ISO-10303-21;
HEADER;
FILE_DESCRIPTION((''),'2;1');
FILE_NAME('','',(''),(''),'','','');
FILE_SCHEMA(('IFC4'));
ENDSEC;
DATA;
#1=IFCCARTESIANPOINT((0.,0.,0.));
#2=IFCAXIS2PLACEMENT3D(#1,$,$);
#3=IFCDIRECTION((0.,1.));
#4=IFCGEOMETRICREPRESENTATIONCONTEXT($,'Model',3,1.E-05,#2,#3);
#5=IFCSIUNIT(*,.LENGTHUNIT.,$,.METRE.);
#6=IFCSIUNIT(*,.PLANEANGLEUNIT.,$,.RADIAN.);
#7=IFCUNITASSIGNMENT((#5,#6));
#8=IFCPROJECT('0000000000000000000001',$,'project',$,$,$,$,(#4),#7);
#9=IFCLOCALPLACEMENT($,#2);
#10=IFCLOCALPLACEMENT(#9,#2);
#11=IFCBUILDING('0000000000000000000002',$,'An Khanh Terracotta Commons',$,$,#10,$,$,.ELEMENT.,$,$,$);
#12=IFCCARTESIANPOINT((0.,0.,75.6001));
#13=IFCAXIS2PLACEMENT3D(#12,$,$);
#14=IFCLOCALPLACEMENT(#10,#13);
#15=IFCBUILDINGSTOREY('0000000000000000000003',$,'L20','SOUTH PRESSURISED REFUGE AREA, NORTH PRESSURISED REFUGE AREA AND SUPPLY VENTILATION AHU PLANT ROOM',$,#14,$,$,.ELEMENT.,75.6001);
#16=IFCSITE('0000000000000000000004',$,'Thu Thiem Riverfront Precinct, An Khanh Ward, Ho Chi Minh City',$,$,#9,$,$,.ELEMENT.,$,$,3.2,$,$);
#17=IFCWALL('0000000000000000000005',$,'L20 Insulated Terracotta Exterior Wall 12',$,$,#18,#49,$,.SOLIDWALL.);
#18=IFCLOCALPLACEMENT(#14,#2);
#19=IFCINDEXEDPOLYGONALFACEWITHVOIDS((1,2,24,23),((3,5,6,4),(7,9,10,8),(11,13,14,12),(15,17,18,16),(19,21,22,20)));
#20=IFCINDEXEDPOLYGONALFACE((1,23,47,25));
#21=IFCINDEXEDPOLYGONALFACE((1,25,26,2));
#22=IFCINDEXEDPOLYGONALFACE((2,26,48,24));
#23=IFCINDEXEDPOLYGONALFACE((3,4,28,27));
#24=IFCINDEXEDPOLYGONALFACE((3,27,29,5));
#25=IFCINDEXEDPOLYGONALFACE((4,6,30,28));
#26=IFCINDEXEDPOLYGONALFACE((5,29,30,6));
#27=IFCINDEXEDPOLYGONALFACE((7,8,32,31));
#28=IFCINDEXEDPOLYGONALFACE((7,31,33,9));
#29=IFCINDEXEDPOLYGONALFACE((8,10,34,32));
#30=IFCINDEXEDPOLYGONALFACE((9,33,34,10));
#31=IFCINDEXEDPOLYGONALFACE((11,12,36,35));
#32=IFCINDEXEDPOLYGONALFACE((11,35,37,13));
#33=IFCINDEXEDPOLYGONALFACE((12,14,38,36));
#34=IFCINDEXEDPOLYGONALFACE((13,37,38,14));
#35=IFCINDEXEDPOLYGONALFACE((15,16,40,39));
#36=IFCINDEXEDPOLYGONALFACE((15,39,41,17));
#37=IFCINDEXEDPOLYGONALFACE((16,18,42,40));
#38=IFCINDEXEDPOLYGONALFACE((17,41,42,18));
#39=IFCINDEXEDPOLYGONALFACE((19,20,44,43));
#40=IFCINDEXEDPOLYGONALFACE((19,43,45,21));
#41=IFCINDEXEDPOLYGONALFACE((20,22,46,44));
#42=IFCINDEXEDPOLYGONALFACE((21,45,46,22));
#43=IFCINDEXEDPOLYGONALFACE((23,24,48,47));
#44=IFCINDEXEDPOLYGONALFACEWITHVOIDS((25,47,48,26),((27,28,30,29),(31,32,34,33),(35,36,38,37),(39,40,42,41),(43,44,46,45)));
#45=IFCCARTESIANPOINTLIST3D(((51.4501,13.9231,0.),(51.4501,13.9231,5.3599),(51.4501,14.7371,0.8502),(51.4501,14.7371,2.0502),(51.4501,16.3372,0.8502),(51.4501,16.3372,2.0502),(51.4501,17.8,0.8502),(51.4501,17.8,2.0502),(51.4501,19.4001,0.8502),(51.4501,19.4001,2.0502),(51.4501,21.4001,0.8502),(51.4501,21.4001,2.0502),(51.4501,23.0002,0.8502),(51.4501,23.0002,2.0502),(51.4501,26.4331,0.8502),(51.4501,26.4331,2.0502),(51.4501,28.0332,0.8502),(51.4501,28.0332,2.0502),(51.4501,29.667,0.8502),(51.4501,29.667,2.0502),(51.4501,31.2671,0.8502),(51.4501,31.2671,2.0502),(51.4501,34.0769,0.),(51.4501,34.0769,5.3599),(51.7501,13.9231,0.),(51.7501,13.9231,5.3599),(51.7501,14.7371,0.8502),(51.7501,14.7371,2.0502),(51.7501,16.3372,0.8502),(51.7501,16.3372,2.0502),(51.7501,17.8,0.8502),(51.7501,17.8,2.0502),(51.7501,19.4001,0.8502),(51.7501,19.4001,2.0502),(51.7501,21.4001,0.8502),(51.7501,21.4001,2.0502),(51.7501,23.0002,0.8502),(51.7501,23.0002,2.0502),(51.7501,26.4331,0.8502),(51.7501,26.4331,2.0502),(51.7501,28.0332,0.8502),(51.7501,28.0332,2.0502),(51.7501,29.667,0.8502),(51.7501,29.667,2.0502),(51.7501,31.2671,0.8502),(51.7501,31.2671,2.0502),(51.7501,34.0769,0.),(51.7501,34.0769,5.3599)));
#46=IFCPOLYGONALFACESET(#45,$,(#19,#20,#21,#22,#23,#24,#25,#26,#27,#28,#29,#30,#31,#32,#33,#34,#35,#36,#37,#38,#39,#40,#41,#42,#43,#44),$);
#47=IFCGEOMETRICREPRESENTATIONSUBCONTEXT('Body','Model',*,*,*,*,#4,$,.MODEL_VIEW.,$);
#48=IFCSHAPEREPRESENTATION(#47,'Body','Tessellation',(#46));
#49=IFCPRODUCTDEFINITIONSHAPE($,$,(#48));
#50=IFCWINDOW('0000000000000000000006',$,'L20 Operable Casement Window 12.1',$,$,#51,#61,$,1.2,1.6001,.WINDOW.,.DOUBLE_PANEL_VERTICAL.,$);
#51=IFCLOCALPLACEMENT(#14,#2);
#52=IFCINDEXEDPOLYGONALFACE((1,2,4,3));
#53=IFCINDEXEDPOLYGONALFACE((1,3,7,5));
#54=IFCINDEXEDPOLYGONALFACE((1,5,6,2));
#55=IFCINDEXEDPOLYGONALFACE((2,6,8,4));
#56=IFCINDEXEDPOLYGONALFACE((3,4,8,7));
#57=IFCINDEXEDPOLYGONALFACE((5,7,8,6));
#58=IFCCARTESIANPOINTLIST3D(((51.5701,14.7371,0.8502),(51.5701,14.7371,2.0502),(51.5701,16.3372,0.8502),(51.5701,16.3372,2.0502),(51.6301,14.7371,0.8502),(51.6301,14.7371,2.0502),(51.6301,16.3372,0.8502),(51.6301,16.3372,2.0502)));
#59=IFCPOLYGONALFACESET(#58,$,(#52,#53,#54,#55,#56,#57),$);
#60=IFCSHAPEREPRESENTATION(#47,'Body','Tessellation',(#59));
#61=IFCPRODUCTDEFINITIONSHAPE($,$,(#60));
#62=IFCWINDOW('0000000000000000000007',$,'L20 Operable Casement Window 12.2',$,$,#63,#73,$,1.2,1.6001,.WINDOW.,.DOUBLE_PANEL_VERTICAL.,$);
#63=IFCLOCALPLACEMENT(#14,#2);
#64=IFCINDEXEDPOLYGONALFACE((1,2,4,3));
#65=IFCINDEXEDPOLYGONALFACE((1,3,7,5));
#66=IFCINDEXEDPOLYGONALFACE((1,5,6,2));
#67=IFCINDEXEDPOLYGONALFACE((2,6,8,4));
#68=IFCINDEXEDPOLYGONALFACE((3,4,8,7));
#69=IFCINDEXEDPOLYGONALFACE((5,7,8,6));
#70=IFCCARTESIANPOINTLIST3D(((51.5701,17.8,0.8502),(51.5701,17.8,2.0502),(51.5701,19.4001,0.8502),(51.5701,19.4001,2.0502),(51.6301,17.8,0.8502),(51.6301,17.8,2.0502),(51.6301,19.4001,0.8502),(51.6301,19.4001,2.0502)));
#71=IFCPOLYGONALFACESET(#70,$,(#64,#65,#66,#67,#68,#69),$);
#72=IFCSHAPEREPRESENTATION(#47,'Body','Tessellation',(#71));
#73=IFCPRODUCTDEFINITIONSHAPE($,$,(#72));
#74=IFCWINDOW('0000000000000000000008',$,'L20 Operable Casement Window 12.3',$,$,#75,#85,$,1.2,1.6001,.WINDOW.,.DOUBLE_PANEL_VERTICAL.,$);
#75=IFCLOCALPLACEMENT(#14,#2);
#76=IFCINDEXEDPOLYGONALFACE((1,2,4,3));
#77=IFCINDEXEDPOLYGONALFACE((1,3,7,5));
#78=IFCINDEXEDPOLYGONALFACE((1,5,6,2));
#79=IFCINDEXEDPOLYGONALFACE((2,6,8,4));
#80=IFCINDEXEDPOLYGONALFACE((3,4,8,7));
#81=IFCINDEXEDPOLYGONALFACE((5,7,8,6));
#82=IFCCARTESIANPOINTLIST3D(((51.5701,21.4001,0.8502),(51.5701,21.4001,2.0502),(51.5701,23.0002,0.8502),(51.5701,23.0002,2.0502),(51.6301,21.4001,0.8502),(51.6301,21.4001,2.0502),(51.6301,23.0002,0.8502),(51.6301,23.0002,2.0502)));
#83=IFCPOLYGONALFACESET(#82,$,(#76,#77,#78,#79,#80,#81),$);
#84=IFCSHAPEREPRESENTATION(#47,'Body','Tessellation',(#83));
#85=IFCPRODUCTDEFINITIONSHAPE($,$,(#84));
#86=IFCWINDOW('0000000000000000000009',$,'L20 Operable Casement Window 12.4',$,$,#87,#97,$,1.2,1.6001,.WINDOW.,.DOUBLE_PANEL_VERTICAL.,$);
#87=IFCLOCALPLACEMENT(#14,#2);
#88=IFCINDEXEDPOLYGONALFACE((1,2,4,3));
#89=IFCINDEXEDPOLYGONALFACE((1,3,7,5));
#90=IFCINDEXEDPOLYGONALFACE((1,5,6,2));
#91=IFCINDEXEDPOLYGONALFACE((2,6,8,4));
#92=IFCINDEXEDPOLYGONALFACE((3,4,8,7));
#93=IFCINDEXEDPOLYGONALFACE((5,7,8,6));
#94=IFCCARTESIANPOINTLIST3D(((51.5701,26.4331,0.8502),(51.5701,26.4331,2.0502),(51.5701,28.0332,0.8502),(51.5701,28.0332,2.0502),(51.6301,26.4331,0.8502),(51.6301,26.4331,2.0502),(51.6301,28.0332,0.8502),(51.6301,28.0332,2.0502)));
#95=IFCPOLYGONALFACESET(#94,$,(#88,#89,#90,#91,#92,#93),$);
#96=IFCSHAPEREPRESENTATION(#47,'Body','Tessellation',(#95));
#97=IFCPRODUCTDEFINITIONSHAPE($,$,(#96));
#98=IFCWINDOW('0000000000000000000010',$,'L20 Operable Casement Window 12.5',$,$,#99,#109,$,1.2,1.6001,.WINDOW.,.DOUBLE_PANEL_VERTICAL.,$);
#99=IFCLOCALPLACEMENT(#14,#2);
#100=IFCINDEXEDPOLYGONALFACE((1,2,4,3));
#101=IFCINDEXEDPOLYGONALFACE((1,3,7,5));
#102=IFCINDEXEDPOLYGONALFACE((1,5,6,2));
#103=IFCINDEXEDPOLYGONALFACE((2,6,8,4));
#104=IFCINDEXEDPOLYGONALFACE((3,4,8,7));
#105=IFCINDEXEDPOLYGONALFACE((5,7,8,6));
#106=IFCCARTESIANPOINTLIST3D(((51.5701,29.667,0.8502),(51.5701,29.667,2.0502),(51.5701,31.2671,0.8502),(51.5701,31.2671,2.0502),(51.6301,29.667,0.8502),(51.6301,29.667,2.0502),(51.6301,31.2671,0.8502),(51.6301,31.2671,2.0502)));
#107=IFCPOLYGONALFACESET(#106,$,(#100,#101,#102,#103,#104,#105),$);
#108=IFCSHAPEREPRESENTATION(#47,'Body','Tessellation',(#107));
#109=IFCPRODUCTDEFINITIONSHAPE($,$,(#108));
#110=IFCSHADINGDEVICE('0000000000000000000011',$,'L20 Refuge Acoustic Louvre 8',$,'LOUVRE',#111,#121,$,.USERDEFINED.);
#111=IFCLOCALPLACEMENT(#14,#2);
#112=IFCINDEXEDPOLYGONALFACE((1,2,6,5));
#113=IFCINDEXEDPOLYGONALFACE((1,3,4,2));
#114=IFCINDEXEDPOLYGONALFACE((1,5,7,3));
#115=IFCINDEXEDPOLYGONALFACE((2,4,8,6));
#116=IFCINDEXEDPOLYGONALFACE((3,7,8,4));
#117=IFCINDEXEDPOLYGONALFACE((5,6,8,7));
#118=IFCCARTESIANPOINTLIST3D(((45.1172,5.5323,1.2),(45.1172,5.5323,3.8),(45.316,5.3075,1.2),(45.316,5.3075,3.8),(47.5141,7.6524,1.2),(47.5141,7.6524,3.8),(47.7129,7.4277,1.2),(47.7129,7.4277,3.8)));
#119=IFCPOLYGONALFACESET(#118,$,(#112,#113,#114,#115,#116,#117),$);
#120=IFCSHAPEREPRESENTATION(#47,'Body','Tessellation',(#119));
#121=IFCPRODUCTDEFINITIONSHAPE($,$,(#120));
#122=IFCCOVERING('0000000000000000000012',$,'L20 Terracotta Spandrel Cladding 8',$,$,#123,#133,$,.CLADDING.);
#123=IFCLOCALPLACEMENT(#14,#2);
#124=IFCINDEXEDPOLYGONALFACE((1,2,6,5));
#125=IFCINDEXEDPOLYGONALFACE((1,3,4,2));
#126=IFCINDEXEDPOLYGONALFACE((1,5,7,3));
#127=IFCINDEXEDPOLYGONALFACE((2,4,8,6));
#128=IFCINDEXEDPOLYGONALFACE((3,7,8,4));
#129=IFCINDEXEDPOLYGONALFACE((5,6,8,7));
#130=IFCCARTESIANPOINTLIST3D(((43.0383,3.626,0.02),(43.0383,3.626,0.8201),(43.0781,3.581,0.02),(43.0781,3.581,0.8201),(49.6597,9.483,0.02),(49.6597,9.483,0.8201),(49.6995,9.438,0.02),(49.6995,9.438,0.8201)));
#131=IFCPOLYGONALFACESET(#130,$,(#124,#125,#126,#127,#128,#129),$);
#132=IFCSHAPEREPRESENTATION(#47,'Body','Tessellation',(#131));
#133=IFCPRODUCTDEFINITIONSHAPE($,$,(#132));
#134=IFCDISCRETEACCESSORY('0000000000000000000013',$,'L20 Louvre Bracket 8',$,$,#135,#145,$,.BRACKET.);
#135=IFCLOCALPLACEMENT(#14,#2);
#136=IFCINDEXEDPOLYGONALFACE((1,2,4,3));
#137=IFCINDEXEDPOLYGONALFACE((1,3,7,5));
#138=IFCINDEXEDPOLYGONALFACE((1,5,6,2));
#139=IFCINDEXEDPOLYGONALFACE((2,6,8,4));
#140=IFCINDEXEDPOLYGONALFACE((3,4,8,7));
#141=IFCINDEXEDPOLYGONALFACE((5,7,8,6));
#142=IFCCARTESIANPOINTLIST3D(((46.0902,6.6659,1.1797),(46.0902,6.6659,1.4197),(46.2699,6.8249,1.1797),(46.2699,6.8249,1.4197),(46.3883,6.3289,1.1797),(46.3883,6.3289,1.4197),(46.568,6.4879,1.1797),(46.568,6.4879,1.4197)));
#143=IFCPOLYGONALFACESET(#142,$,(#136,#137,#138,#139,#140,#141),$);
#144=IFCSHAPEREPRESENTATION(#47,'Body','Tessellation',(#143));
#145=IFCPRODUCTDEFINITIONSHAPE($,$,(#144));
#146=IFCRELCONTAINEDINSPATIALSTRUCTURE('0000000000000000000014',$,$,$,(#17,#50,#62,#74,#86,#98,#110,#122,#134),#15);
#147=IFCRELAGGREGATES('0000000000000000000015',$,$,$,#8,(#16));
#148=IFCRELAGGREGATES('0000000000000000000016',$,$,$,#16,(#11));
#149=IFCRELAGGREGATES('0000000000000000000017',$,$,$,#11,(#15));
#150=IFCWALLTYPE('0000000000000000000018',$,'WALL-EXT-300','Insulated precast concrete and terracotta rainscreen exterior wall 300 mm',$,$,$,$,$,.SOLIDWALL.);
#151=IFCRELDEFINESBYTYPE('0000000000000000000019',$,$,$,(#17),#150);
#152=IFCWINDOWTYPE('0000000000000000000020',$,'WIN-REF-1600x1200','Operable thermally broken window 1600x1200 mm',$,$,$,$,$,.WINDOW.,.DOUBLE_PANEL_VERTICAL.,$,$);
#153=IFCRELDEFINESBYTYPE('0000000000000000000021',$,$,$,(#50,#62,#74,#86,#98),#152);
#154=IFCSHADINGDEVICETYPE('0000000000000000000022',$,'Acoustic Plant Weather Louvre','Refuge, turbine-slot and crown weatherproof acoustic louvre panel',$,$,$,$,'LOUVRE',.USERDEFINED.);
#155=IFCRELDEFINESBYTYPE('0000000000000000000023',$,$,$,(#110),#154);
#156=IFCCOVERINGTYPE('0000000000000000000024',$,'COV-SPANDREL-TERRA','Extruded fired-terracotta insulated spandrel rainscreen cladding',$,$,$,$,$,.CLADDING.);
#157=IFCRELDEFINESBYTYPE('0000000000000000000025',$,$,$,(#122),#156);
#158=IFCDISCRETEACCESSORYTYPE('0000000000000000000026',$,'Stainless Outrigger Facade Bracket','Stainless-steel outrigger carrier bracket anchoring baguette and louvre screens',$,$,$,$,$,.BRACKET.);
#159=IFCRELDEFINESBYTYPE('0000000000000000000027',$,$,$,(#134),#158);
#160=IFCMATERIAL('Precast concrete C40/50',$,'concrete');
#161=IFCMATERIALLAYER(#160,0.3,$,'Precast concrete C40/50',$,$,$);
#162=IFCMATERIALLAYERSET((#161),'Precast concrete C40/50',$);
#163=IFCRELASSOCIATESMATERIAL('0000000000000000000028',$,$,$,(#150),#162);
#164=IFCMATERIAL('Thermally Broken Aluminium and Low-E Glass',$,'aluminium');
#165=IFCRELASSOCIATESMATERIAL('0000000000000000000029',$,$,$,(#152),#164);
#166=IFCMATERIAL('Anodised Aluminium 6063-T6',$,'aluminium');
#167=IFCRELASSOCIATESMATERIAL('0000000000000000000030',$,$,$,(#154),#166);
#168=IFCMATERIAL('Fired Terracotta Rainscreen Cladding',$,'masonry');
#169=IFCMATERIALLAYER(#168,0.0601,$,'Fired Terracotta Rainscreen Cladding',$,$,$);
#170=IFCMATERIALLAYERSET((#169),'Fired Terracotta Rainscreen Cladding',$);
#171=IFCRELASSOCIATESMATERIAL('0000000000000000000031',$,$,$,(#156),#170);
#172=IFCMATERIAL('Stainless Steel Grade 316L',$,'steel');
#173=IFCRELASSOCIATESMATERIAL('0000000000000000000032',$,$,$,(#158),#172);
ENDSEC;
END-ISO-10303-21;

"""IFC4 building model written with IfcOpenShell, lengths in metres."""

from ifc_helpers import new_model, si_unit, direction, frame, frame_2d, origin, origin_2d, place, context, subcontext, project, spatial, rectangle, extrude, material, layer, layer_set, type_object, element, fill, save


model = new_model("IFC4")

# Units and contexts
model_context = context("Model", 3, precision=1e-05, world=origin(), true_north=direction((0.0, 1.0)))
body_context = subcontext(model_context, "Body", "Model", "MODEL_VIEW")
ifc_project = project(units=[si_unit("LENGTHUNIT", "METRE"), si_unit("PLANEANGLEUNIT", "RADIAN")], contexts=[model_context])

# Site, building, storey
site_placement = place(None, origin())
site = spatial("IfcSite", under=ifc_project, at=site_placement, Name="Thu Thiem Riverfront Precinct, An Khanh Ward, Ho Chi Minh City", CompositionType="ELEMENT", RefElevation=3.2)
building_placement = place(site_placement, origin())
building = spatial("IfcBuilding", under=site, at=building_placement, Name="An Khanh Terracotta Commons", CompositionType="ELEMENT")
storey_placement = place(building_placement, frame((0.0, 0.0, 75.6001)))
storey = spatial("IfcBuildingStorey", under=building, at=storey_placement, Name="L20", Description="SOUTH PRESSURISED REFUGE AREA, NORTH PRESSURISED REFUGE AREA AND SUPPLY VENTILATION AHU PLANT ROOM", CompositionType="ELEMENT", Elevation=75.6001)

# Shared definitions
ifc_material_1 = material(Name="Precast concrete C40/50", Category="concrete")
ifc_layer_1 = layer(ifc_material_1, 0.3, Name="Precast concrete C40/50")
ifc_layer_set_1 = layer_set([ifc_layer_1], Name="Precast concrete C40/50")
wall_type_1 = type_object("IfcWallType", Name="WALL-EXT-300", Description="Insulated precast concrete and terracotta rainscreen exterior wall 300 mm", PredefinedType="SOLIDWALL", material=ifc_layer_set_1)

# Wall, openings, windows
wall_1_placement = place(storey_placement, frame((51.6001, 13.9231, 0.0), z_axis=(0.0, 0.0, 1.0), x_axis=(0.0, 1.0, 0.0)))
wall_1 = element("IfcWall", 1, at=wall_1_placement, inside=storey, type_object=wall_type_1, Name="L20 Insulated Terracotta Exterior Wall 12", PredefinedType="SOLIDWALL", context=body_context, shape_type="SweptSolid", body=[
    extrude(rectangle(XDim=20.1538, YDim=0.3, at=frame_2d((10.0769, 0.0))), origin(), (0.0, 0.0, 1.0), 5.3599),
])
opening_1_placement = place(wall_1_placement, frame((0.814, 0.0, 0.8501)))
opening_1 = element("IfcOpeningElement", 2, at=opening_1_placement, cuts=wall_1, PredefinedType="OPENING", context=body_context, shape_type="SweptSolid", body=[
    extrude(rectangle(XDim=1.6001, YDim=1.2, at=frame_2d((0.8, 0.6001))), frame((0.0, 0.1599, 0.0), z_axis=(0.0, -1.0, 0.0), x_axis=(1.0, 0.0, 0.0)), (0.0, 0.0, 1.0), 0.3201),
])
opening_2_placement = place(wall_1_placement, frame((3.877, 0.0, 0.8501)))
opening_2 = element("IfcOpeningElement", 3, at=opening_2_placement, cuts=wall_1, PredefinedType="OPENING", context=body_context, shape_type="SweptSolid", body=[
    extrude(rectangle(XDim=1.6001, YDim=1.2, at=frame_2d((0.8, 0.6001))), frame((0.0, 0.1599, 0.0), z_axis=(0.0, -1.0, 0.0), x_axis=(1.0, 0.0, 0.0)), (0.0, 0.0, 1.0), 0.3201),
])
opening_3_placement = place(wall_1_placement, frame((7.4771, 0.0, 0.8501)))
opening_3 = element("IfcOpeningElement", 4, at=opening_3_placement, cuts=wall_1, PredefinedType="OPENING", context=body_context, shape_type="SweptSolid", body=[
    extrude(rectangle(XDim=1.6001, YDim=1.2, at=frame_2d((0.8, 0.6001))), frame((0.0, 0.1599, 0.0), z_axis=(0.0, -1.0, 0.0), x_axis=(1.0, 0.0, 0.0)), (0.0, 0.0, 1.0), 0.3201),
])
opening_4_placement = place(wall_1_placement, frame((12.51, 0.0, 0.8501)))
opening_4 = element("IfcOpeningElement", 5, at=opening_4_placement, cuts=wall_1, PredefinedType="OPENING", context=body_context, shape_type="SweptSolid", body=[
    extrude(rectangle(XDim=1.6001, YDim=1.2, at=frame_2d((0.8, 0.6001))), frame((0.0, 0.1599, 0.0), z_axis=(0.0, -1.0, 0.0), x_axis=(1.0, 0.0, 0.0)), (0.0, 0.0, 1.0), 0.3201),
])
opening_5_placement = place(wall_1_placement, frame((15.7439, 0.0, 0.8501)))
opening_5 = element("IfcOpeningElement", 6, at=opening_5_placement, cuts=wall_1, PredefinedType="OPENING", context=body_context, shape_type="SweptSolid", body=[
    extrude(rectangle(XDim=1.6001, YDim=1.2, at=frame_2d((0.8, 0.6001))), frame((0.0, 0.1599, 0.0), z_axis=(0.0, -1.0, 0.0), x_axis=(1.0, 0.0, 0.0)), (0.0, 0.0, 1.0), 0.3201),
])
ifc_material_2 = material(Name="Thermally Broken Aluminium and Low-E Glass", Category="aluminium")
window_type = type_object("IfcWindowType", Name="WIN-REF-1600x1200", Description="Operable thermally broken window 1600x1200 mm", PartitioningType="DOUBLE_PANEL_VERTICAL", PredefinedType="WINDOW", material=ifc_material_2)
window_1_placement = place(opening_1_placement, origin())
window_1 = element("IfcWindow", 7, at=window_1_placement, inside=storey, type_object=window_type, Name="L20 Operable Casement Window 12.1", OverallHeight=1.2, OverallWidth=1.6001, PartitioningType="DOUBLE_PANEL_VERTICAL", PredefinedType="WINDOW", context=body_context, shape_type="SweptSolid", body=[
    extrude(rectangle(XDim=1.6001, YDim=1.2, at=frame_2d((0.8, 0.6001))), frame((0.0, 0.03, 0.0), z_axis=(0.0, -1.0, 0.0), x_axis=(1.0, 0.0, 0.0)), (0.0, 0.0, 1.0), 0.0601),
])
fill(opening_1, window_1)
window_2_placement = place(opening_2_placement, origin())
window_2 = element("IfcWindow", 8, at=window_2_placement, inside=storey, type_object=window_type, Name="L20 Operable Casement Window 12.2", OverallHeight=1.2, OverallWidth=1.6001, PartitioningType="DOUBLE_PANEL_VERTICAL", PredefinedType="WINDOW", context=body_context, shape_type="SweptSolid", body=[
    extrude(rectangle(XDim=1.6001, YDim=1.2, at=frame_2d((0.8, 0.6001))), frame((0.0, 0.03, 0.0), z_axis=(0.0, -1.0, 0.0), x_axis=(1.0, 0.0, 0.0)), (0.0, 0.0, 1.0), 0.0601),
])
fill(opening_2, window_2)
window_3_placement = place(opening_3_placement, origin())
window_3 = element("IfcWindow", 9, at=window_3_placement, inside=storey, type_object=window_type, Name="L20 Operable Casement Window 12.3", OverallHeight=1.2, OverallWidth=1.6001, PartitioningType="DOUBLE_PANEL_VERTICAL", PredefinedType="WINDOW", context=body_context, shape_type="SweptSolid", body=[
    extrude(rectangle(XDim=1.6001, YDim=1.2, at=frame_2d((0.8, 0.6001))), frame((0.0, 0.03, 0.0), z_axis=(0.0, -1.0, 0.0), x_axis=(1.0, 0.0, 0.0)), (0.0, 0.0, 1.0), 0.0601),
])
fill(opening_3, window_3)
window_4_placement = place(opening_4_placement, origin())
window_4 = element("IfcWindow", 10, at=window_4_placement, inside=storey, type_object=window_type, Name="L20 Operable Casement Window 12.4", OverallHeight=1.2, OverallWidth=1.6001, PartitioningType="DOUBLE_PANEL_VERTICAL", PredefinedType="WINDOW", context=body_context, shape_type="SweptSolid", body=[
    extrude(rectangle(XDim=1.6001, YDim=1.2, at=frame_2d((0.8, 0.6001))), frame((0.0, 0.03, 0.0), z_axis=(0.0, -1.0, 0.0), x_axis=(1.0, 0.0, 0.0)), (0.0, 0.0, 1.0), 0.0601),
])
fill(opening_4, window_4)
window_5_placement = place(opening_5_placement, origin())
window_5 = element("IfcWindow", 11, at=window_5_placement, inside=storey, type_object=window_type, Name="L20 Operable Casement Window 12.5", OverallHeight=1.2, OverallWidth=1.6001, PartitioningType="DOUBLE_PANEL_VERTICAL", PredefinedType="WINDOW", context=body_context, shape_type="SweptSolid", body=[
    extrude(rectangle(XDim=1.6001, YDim=1.2, at=frame_2d((0.8, 0.6001))), frame((0.0, 0.03, 0.0), z_axis=(0.0, -1.0, 0.0), x_axis=(1.0, 0.0, 0.0)), (0.0, 0.0, 1.0), 0.0601),
])
fill(opening_5, window_5)

# Shading device
ifc_material_3 = material(Name="Anodised Aluminium 6063-T6", Category="aluminium")
shading_device_type = type_object("IfcShadingDeviceType", Name="Acoustic Plant Weather Louvre", Description="Refuge, turbine-slot and crown weatherproof acoustic louvre panel", ElementType="LOUVRE", PredefinedType="USERDEFINED", material=ifc_material_3)
shading_device_placement = place(storey_placement, frame((46.415, 6.48, 1.2), z_axis=(0.0, 0.0, 1.0), x_axis=(0.749019, 0.662548, 0.0)))
element("IfcShadingDevice", 12, at=shading_device_placement, inside=storey, type_object=shading_device_type, Name="L20 Refuge Acoustic Louvre 8", ObjectType="LOUVRE", PredefinedType="USERDEFINED", context=body_context, shape_type="SweptSolid", body=[
    extrude(rectangle(XDim=3.2, YDim=0.3, at=origin_2d()), origin(), (0.0, 0.0, 1.0), 2.6001),
])

# Covering
ifc_material_4 = material(Name="Fired Terracotta Rainscreen Cladding", Category="masonry")
ifc_layer_2 = layer(ifc_material_4, 0.0601, Name="Fired Terracotta Rainscreen Cladding")
ifc_layer_set_2 = layer_set([ifc_layer_2], Name="Fired Terracotta Rainscreen Cladding")
covering_type = type_object("IfcCoveringType", Name="COV-SPANDREL-TERRA", Description="Extruded fired-terracotta insulated spandrel rainscreen cladding", PredefinedType="CLADDING", material=ifc_layer_set_2)
covering_placement = place(storey_placement, frame((46.3689, 6.532, 0.02), z_axis=(0.0, 0.0, 1.0), x_axis=(0.749019, 0.662548, 0.0)))
element("IfcCovering", 13, at=covering_placement, inside=storey, type_object=covering_type, Name="L20 Terracotta Spandrel Cladding 8", PredefinedType="CLADDING", context=body_context, shape_type="SweptSolid", body=[
    extrude(rectangle(XDim=8.8401, YDim=0.0601, at=origin_2d()), origin(), (0.0, 0.0, 1.0), 0.8),
])

# Discrete accessory
ifc_material_5 = material(Name="Stainless Steel Grade 316L", Category="steel")
discrete_accessory_type = type_object("IfcDiscreteAccessoryType", Name="Stainless Outrigger Facade Bracket", Description="Stainless-steel outrigger carrier bracket anchoring baguette and louvre screens", PredefinedType="BRACKET", material=ifc_material_5)
discrete_accessory_placement = place(storey_placement, frame((46.3291, 6.5769, 1.1797), z_axis=(0.0, 0.0, 1.0), x_axis=(0.749019, 0.662548, 0.0)))
element("IfcDiscreteAccessory", 14, at=discrete_accessory_placement, inside=storey, type_object=discrete_accessory_type, Name="L20 Louvre Bracket 8", PredefinedType="BRACKET", context=body_context, shape_type="SweptSolid", body=[
    extrude(rectangle(XDim=0.24, YDim=0.45, at=origin_2d()), origin(), (0.0, 0.0, 1.0), 0.24),
])

save(model, "model.ifc")
